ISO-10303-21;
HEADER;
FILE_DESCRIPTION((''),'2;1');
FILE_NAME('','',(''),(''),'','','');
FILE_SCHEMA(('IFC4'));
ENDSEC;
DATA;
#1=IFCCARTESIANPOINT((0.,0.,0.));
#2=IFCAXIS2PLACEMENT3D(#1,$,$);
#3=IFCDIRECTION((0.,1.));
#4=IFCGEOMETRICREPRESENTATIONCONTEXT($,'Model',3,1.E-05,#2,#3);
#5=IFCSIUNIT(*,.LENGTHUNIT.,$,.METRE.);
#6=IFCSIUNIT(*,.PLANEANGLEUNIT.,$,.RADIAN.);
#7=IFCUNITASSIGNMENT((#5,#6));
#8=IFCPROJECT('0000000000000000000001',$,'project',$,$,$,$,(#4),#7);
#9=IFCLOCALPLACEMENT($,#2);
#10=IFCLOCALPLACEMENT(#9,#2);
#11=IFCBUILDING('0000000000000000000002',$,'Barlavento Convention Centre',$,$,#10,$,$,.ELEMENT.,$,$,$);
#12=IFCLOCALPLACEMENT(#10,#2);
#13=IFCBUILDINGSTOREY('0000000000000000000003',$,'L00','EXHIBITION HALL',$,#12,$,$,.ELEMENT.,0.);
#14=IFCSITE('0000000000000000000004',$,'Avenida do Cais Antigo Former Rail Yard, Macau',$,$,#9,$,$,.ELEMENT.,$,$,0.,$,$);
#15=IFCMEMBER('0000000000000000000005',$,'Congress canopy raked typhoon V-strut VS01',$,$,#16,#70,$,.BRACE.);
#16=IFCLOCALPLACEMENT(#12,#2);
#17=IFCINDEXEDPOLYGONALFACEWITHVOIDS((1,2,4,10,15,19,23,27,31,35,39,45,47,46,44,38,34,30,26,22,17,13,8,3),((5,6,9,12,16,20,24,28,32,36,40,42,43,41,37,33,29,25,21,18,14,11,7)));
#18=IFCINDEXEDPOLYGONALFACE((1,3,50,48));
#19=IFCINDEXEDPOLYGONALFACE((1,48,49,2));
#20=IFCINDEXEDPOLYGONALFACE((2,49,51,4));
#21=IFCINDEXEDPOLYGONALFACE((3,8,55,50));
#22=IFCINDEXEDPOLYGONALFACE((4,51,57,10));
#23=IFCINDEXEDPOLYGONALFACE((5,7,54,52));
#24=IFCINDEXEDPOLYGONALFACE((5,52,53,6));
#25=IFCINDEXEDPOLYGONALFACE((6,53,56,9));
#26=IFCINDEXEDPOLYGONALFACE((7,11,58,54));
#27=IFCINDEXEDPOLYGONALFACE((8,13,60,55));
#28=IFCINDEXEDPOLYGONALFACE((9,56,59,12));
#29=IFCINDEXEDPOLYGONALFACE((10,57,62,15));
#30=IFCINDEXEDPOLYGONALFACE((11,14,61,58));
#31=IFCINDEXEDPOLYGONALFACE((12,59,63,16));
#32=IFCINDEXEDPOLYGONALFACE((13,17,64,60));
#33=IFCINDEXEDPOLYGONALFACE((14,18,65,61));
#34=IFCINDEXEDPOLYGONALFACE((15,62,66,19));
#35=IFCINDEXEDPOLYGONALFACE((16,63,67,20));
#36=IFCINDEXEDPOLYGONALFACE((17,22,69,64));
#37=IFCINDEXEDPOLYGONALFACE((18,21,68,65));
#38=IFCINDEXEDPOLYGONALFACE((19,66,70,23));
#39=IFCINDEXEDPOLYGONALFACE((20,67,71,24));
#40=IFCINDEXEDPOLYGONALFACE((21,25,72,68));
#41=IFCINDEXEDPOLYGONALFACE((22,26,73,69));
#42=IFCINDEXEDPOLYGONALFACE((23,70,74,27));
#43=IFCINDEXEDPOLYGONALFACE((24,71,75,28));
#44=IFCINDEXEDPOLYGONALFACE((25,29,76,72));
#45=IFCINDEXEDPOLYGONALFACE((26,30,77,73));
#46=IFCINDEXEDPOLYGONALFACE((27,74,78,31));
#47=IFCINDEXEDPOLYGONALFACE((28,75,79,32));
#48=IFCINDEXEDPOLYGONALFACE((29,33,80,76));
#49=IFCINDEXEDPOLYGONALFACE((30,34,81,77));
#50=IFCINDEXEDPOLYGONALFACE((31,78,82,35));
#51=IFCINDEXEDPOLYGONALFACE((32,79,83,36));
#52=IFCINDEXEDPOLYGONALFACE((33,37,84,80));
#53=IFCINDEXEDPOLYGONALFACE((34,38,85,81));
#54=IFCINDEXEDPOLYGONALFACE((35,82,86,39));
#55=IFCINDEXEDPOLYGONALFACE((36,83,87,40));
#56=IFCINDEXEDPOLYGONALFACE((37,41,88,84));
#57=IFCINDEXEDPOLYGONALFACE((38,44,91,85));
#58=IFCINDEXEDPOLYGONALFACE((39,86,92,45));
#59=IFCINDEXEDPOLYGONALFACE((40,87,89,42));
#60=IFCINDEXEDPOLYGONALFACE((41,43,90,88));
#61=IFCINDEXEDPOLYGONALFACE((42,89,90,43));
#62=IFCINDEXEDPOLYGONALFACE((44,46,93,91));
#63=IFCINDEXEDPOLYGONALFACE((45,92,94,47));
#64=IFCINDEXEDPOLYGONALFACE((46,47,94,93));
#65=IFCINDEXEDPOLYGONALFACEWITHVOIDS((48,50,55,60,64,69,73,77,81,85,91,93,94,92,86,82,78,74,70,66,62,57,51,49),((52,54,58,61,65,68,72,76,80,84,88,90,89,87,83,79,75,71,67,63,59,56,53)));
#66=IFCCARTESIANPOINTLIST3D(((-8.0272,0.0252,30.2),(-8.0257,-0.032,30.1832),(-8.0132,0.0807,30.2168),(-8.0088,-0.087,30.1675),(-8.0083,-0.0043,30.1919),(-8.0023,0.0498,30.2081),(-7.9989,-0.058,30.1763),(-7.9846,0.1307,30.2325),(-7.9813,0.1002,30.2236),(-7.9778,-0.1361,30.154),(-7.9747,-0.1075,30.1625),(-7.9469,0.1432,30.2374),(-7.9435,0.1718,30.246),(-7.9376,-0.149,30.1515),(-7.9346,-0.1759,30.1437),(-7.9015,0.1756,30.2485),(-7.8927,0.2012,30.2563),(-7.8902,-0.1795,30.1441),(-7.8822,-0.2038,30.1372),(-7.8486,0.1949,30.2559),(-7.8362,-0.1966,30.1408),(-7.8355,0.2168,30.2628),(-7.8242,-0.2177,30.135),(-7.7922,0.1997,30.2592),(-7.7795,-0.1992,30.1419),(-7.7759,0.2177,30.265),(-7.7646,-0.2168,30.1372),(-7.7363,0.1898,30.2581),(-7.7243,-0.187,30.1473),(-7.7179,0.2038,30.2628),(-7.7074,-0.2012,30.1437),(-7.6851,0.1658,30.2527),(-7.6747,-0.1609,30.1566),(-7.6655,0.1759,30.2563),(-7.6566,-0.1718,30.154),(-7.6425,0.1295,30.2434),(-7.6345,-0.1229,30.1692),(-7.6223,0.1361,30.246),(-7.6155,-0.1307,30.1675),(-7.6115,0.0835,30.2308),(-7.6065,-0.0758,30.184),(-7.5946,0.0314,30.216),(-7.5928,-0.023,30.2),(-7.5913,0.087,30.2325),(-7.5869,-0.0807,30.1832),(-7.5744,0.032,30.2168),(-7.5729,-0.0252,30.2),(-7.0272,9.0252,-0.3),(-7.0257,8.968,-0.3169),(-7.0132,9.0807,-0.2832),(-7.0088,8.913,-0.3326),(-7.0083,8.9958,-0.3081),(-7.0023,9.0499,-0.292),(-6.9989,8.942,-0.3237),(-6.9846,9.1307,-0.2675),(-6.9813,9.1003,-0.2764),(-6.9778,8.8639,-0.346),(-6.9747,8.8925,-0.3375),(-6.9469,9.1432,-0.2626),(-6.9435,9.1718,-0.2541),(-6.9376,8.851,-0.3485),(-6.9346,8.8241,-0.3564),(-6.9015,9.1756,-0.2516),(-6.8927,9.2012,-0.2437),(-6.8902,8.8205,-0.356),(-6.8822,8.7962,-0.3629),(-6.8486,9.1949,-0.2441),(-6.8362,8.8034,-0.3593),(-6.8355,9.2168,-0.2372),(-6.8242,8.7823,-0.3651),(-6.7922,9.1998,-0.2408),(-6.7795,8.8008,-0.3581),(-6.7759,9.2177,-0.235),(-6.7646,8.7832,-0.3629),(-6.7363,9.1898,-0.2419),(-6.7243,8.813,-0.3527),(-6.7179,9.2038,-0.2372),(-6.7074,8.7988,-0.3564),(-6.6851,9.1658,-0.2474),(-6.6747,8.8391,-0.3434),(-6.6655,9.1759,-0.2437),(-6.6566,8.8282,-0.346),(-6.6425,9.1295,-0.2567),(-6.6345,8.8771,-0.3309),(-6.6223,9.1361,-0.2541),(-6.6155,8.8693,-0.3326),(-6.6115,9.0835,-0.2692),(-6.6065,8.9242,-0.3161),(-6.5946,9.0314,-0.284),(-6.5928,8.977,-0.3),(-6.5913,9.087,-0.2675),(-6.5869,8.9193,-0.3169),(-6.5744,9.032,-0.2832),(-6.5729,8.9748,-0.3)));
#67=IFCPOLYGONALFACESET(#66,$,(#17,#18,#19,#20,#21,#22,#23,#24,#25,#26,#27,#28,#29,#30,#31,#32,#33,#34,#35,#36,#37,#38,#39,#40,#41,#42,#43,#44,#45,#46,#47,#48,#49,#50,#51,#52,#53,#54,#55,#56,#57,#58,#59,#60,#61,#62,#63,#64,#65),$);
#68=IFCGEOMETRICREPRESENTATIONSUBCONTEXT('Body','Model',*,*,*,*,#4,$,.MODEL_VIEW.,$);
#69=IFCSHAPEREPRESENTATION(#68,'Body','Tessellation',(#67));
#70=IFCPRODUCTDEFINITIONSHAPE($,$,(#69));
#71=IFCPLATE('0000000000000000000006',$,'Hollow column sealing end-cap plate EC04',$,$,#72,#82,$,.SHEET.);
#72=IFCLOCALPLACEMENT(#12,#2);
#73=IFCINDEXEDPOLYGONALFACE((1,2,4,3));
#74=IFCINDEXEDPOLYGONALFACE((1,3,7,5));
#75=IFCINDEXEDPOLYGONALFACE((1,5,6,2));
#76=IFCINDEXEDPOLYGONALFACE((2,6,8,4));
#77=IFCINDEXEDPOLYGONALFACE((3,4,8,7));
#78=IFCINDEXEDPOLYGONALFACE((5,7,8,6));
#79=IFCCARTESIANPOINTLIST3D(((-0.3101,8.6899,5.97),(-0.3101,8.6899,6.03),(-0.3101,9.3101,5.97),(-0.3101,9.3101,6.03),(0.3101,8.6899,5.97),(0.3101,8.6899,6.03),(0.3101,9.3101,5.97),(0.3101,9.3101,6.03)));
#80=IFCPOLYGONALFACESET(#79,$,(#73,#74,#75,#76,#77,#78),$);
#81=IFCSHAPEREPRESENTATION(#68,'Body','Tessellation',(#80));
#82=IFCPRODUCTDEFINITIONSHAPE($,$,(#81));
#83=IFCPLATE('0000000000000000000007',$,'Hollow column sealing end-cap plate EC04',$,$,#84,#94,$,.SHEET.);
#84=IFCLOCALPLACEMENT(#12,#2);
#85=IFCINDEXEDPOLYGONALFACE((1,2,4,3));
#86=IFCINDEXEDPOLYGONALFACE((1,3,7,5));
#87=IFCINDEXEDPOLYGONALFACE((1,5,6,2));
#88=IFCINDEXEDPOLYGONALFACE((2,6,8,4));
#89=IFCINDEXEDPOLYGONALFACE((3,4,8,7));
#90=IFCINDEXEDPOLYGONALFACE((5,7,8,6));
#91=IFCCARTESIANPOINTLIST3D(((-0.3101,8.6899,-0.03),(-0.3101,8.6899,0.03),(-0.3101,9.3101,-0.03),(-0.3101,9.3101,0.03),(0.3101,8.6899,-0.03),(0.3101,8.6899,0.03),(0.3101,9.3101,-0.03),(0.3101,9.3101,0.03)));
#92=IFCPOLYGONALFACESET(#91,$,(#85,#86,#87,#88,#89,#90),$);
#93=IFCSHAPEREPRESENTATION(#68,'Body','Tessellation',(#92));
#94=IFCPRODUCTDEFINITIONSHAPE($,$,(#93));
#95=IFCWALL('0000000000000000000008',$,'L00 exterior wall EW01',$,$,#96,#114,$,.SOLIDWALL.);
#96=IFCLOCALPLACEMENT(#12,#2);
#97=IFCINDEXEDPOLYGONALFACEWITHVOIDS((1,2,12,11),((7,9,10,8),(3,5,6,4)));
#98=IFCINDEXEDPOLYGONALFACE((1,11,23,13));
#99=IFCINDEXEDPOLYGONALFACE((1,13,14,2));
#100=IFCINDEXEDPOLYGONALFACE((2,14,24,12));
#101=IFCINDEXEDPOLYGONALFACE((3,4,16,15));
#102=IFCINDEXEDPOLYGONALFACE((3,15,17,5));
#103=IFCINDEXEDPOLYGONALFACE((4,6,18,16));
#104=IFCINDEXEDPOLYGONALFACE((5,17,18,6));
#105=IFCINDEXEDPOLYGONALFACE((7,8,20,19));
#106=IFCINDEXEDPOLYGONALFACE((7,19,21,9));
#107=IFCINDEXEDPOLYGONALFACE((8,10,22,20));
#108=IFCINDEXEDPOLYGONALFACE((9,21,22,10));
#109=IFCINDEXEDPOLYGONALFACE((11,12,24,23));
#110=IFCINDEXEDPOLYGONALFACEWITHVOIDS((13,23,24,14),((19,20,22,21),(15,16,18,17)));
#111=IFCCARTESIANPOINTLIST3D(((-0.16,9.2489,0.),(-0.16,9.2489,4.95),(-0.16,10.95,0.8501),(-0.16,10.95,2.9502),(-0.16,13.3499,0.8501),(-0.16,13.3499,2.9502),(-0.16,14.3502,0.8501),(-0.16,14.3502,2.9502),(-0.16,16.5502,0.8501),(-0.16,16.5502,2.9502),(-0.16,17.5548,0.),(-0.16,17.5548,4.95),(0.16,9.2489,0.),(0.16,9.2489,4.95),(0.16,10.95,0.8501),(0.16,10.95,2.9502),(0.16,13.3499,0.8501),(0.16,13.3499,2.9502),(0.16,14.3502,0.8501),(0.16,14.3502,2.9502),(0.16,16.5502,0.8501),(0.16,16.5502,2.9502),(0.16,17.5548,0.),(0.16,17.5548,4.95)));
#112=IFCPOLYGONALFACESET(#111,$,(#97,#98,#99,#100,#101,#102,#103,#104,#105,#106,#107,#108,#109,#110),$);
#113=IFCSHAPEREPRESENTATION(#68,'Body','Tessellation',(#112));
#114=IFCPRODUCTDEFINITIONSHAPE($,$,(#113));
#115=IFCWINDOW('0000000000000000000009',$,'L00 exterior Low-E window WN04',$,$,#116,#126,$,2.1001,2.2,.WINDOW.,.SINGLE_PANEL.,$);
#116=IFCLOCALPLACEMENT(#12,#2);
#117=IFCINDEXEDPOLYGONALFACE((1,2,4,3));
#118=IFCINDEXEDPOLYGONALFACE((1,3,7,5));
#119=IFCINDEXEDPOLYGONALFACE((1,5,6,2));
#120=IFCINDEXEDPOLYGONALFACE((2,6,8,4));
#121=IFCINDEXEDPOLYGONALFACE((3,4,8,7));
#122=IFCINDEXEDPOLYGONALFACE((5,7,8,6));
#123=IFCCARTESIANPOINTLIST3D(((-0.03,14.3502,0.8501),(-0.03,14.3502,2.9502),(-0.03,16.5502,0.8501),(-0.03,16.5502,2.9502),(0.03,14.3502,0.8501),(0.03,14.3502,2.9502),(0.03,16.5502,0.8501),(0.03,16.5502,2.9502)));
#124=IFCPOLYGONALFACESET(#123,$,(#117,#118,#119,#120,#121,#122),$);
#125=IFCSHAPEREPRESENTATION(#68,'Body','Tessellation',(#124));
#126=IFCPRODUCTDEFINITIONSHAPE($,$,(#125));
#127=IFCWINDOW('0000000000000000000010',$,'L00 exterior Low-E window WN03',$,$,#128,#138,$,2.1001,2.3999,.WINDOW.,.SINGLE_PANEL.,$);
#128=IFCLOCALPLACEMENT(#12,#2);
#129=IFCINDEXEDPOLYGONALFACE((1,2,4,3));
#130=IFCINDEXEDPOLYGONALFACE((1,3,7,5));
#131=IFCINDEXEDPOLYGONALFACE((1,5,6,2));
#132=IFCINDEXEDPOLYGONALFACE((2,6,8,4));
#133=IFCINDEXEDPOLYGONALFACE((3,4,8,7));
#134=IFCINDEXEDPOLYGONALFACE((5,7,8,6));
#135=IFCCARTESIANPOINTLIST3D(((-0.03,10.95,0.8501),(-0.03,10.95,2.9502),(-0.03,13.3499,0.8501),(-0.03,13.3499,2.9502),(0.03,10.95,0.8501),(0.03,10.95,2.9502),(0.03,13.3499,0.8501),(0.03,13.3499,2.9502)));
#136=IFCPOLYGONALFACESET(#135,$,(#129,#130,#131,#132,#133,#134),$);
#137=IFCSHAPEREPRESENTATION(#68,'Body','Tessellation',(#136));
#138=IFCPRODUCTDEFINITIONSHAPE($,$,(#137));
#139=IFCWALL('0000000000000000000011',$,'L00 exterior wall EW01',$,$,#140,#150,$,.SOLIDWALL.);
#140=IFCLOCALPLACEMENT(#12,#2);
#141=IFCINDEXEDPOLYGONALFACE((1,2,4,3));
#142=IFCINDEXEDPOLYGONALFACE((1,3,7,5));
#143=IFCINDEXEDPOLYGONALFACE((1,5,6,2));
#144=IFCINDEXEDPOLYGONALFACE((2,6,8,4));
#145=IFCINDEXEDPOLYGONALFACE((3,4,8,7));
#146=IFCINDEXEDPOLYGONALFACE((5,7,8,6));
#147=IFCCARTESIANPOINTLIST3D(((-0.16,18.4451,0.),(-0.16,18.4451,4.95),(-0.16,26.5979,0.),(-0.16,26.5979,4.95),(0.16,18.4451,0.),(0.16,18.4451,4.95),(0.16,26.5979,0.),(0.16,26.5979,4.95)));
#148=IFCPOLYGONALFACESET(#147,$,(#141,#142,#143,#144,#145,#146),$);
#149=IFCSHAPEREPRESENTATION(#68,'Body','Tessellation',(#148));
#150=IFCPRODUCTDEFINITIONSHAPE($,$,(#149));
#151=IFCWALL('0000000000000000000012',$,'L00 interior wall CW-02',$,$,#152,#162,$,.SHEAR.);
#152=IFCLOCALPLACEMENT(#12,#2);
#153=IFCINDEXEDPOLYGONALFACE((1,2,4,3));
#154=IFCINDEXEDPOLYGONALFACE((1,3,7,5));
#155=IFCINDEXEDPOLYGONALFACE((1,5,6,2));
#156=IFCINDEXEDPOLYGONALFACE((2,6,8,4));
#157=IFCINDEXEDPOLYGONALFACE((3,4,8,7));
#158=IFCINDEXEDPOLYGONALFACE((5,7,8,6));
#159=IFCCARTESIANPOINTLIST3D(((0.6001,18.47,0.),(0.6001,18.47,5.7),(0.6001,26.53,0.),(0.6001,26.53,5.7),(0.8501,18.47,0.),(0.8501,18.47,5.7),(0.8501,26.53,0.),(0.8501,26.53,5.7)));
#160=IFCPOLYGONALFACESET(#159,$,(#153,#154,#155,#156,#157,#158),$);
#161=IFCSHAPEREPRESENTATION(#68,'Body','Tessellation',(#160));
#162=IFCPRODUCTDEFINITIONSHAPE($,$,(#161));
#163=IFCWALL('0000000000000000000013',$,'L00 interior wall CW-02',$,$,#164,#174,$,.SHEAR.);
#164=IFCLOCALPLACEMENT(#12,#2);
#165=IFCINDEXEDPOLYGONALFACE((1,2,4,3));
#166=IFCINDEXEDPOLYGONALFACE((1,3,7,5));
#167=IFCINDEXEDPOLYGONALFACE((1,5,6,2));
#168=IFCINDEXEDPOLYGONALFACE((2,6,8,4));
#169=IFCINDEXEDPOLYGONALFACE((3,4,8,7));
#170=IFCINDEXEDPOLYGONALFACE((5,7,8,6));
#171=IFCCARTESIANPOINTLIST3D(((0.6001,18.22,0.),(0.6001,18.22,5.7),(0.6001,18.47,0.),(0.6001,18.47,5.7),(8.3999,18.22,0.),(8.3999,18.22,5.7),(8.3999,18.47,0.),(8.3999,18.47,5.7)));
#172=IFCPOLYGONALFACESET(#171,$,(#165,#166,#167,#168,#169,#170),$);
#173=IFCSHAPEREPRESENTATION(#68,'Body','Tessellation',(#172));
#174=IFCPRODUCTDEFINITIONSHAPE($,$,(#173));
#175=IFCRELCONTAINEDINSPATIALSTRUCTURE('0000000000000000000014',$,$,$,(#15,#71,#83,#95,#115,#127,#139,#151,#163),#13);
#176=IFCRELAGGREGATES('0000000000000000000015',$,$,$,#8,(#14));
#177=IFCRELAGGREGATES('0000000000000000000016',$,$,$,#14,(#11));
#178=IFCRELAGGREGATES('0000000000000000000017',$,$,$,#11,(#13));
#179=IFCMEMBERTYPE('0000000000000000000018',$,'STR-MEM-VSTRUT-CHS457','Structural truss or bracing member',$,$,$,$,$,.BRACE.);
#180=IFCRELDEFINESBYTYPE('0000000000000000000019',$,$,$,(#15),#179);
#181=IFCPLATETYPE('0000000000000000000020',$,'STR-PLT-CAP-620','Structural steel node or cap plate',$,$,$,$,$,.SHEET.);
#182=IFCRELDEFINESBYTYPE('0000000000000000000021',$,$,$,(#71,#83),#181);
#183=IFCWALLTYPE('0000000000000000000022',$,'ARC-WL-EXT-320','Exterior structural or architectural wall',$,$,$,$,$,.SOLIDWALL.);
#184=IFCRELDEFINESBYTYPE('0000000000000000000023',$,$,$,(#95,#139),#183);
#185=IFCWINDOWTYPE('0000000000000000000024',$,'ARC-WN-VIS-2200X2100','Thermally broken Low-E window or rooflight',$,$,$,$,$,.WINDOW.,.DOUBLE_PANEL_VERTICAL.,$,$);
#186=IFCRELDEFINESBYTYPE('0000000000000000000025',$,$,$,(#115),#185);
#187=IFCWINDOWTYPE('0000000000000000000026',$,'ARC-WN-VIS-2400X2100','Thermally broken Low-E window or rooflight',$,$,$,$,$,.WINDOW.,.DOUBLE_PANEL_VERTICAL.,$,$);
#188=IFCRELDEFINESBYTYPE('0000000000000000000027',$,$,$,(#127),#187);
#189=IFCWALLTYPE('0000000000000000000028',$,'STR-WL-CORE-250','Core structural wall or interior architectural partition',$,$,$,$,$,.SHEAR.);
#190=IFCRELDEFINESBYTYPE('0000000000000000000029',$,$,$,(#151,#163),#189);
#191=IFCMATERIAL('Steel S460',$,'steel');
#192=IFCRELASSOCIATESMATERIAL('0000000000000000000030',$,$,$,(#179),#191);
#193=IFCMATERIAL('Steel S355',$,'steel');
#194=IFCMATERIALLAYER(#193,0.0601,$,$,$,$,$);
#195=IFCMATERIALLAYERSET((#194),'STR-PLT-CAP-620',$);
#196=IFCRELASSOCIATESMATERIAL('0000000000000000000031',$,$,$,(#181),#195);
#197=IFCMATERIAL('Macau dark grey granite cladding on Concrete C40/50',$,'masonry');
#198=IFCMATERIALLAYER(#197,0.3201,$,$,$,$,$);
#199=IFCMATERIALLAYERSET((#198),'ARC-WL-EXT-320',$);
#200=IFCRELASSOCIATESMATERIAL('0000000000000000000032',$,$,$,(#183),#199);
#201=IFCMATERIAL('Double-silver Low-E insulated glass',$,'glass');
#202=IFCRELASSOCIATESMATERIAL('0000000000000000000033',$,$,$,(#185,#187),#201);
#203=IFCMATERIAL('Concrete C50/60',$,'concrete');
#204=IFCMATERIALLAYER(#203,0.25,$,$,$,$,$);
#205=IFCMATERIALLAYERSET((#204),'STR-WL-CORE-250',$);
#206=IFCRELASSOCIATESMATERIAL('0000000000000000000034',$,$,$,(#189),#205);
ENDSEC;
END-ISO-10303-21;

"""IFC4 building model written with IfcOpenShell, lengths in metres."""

from ifc_helpers import new_model, si_unit, direction, frame, frame_2d, origin, origin_2d, place, context, subcontext, project, spatial, rectangle, hollow_circle, extrude, material, layer, layer_set, material_profile, profile_set, type_object, element, fill, save


model = new_model("IFC4")

# Units and contexts
model_context = context("Model", 3, precision=1e-05, world=origin(), true_north=direction((0.0, 1.0)))
body_context = subcontext(model_context, "Body", "Model", "MODEL_VIEW")
ifc_project = project(units=[si_unit("LENGTHUNIT", "METRE"), si_unit("PLANEANGLEUNIT", "RADIAN")], contexts=[model_context])

# Site, building, storey
site_placement = place(None, origin())
site = spatial("IfcSite", under=ifc_project, at=site_placement, Name="Avenida do Cais Antigo Former Rail Yard, Macau", CompositionType="ELEMENT", RefElevation=0.0)
building_placement = place(site_placement, origin())
building = spatial("IfcBuilding", under=site, at=building_placement, Name="Barlavento Convention Centre", CompositionType="ELEMENT")
storey_placement = place(building_placement, origin())
storey = spatial("IfcBuildingStorey", under=building, at=storey_placement, Name="L00", Description="EXHIBITION HALL", CompositionType="ELEMENT", Elevation=0.0)

# Shared definitions
ifc_material_1 = material(Name="Steel S460", Category="steel")
ifc_material_2 = material(Name="Concrete C50/60", Category="concrete")

# Shared definitions
ifc_material_3 = material(Name="Steel S355", Category="steel")

# Member
ifc_material_profile_1 = material_profile(ifc_material_1, hollow_circle(Radius=0.2285, WallThickness=0.02, at=origin_2d()), Name="CHS 457.0x20.0")
ifc_profile_set_1 = profile_set([ifc_material_profile_1], Name="Steel S460")
member_type_1 = type_object("IfcMemberType", Name="STR-MEM-VSTRUT-CHS457", Description="Structural truss or bracing member", PredefinedType="BRACE", material=ifc_profile_set_1)
member_1_placement = place(storey_placement, frame((-6.8, 9.0, -0.3), z_axis=(-0.031431, -0.282878, 0.958641), x_axis=(0.993884, -0.110432, 0.0)))
element("IfcMember", 1, at=member_1_placement, inside=storey, type_object=member_type_1, Name="Congress canopy raked typhoon V-strut VS01", PredefinedType="BRACE", context=body_context, shape_type="SweptSolid", body=[
    extrude(hollow_circle(Radius=0.2285, WallThickness=0.02, at=origin_2d()), origin(), (0.0, 0.0, 1.0), 31.8159),
])

# Plates
ifc_layer_1 = layer(ifc_material_3, 0.0601)
ifc_layer_set_1 = layer_set([ifc_layer_1], Name="STR-PLT-CAP-620")
plate_type = type_object("IfcPlateType", Name="STR-PLT-CAP-620", Description="Structural steel node or cap plate", PredefinedType="SHEET", material=ifc_layer_set_1)
for number, where, z_axis, x_axis, name in (
    (2, (0.0, 9.0, 5.97), (0.0, 0.0, 1.0), (1.0, 0.0, 0.0), "Hollow column sealing end-cap plate EC04"),
    (3, (0.0, 9.0, -0.03), (0.0, 0.0, 1.0), (1.0, 0.0, 0.0), "Hollow column sealing end-cap plate EC04"),
):
    element("IfcPlate", number, at=place(storey_placement, frame(where, z_axis=z_axis, x_axis=x_axis)), inside=storey, type_object=plate_type, Name=name, PredefinedType="SHEET", context=body_context, shape_type="SweptSolid", body=[
        extrude(rectangle(XDim=0.6201, YDim=0.6201, at=origin_2d()), origin(), (0.0, 0.0, 1.0), 0.0601),
    ])

# Wall, openings, windows
ifc_material_4 = material(Name="Macau dark grey granite cladding on Concrete C40/50", Category="masonry")
ifc_layer_2 = layer(ifc_material_4, 0.3201)
ifc_layer_set_2 = layer_set([ifc_layer_2], Name="ARC-WL-EXT-320")
wall_type_1 = type_object("IfcWallType", Name="ARC-WL-EXT-320", Description="Exterior structural or architectural wall", PredefinedType="SOLIDWALL", material=ifc_layer_set_2)
wall_1_placement = place(storey_placement, frame((0.0, 9.249, 0.0), z_axis=(0.0, 0.0, 1.0), x_axis=(0.0, 1.0, 0.0)))
wall_1 = element("IfcWall", 4, at=wall_1_placement, inside=storey, type_object=wall_type_1, Name="L00 exterior wall EW01", PredefinedType="SOLIDWALL", context=body_context, shape_type="SweptSolid", body=[
    extrude(rectangle(XDim=8.3059, YDim=0.3201, at=frame_2d((4.1528, 0.0))), origin(), (0.0, 0.0, 1.0), 4.95),
])
opening_1_placement = place(wall_1_placement, frame((1.7009, 0.0, 0.8501)))
opening_1 = element("IfcOpeningElement", 5, at=opening_1_placement, cuts=wall_1, PredefinedType="OPENING", context=body_context, shape_type="SweptSolid", body=[
    extrude(rectangle(XDim=2.3999, YDim=2.1001, at=frame_2d((1.2, 1.05))), frame((0.0, 0.1699, 0.0), z_axis=(0.0, -1.0, 0.0), x_axis=(1.0, 0.0, 0.0)), (0.0, 0.0, 1.0), 0.3401),
])
opening_2_placement = place(wall_1_placement, frame((5.1011, 0.0, 0.8501)))
opening_2 = element("IfcOpeningElement", 6, at=opening_2_placement, cuts=wall_1, PredefinedType="OPENING", context=body_context, shape_type="SweptSolid", body=[
    extrude(rectangle(XDim=2.2, YDim=2.1001, at=frame_2d((1.1001, 1.05))), frame((0.0, 0.1699, 0.0), z_axis=(0.0, -1.0, 0.0), x_axis=(1.0, 0.0, 0.0)), (0.0, 0.0, 1.0), 0.3401),
])
ifc_material_5 = material(Name="Double-silver Low-E insulated glass", Category="glass")
window_type_1 = type_object("IfcWindowType", Name="ARC-WN-VIS-2200X2100", Description="Thermally broken Low-E window or rooflight", PartitioningType="DOUBLE_PANEL_VERTICAL", PredefinedType="WINDOW", material=ifc_material_5)
window_1_placement = place(opening_2_placement, origin())
window_1 = element("IfcWindow", 7, at=window_1_placement, inside=storey, type_object=window_type_1, Name="L00 exterior Low-E window WN04", OverallHeight=2.1001, OverallWidth=2.2, PartitioningType="SINGLE_PANEL", PredefinedType="WINDOW", context=body_context, shape_type="SweptSolid", body=[
    extrude(rectangle(XDim=2.2, YDim=2.1001, at=frame_2d((1.1001, 1.05))), frame((0.0, 0.03, 0.0), z_axis=(0.0, -1.0, 0.0), x_axis=(1.0, 0.0, 0.0)), (0.0, 0.0, 1.0), 0.0601),
])
fill(opening_2, window_1)
window_type_2 = type_object("IfcWindowType", Name="ARC-WN-VIS-2400X2100", Description="Thermally broken Low-E window or rooflight", PartitioningType="DOUBLE_PANEL_VERTICAL", PredefinedType="WINDOW", material=ifc_material_5)
window_2_placement = place(opening_1_placement, origin())
window_2 = element("IfcWindow", 8, at=window_2_placement, inside=storey, type_object=window_type_2, Name="L00 exterior Low-E window WN03", OverallHeight=2.1001, OverallWidth=2.3999, PartitioningType="SINGLE_PANEL", PredefinedType="WINDOW", context=body_context, shape_type="SweptSolid", body=[
    extrude(rectangle(XDim=2.3999, YDim=2.1001, at=frame_2d((1.2, 1.05))), frame((0.0, 0.03, 0.0), z_axis=(0.0, -1.0, 0.0), x_axis=(1.0, 0.0, 0.0)), (0.0, 0.0, 1.0), 0.0601),
])
fill(opening_1, window_2)

# Walls
wall_2_placement = place(storey_placement, frame((0.0, 18.4451, 0.0), z_axis=(0.0, 0.0, 1.0), x_axis=(0.0, 1.0, 0.0)))
element("IfcWall", 9, at=wall_2_placement, inside=storey, type_object=wall_type_1, Name="L00 exterior wall EW01", PredefinedType="SOLIDWALL", context=body_context, shape_type="SweptSolid", body=[
    extrude(rectangle(XDim=8.1528, YDim=0.3201, at=frame_2d((4.0764, 0.0))), origin(), (0.0, 0.0, 1.0), 4.95),
])
ifc_layer_3 = layer(ifc_material_2, 0.25)
ifc_layer_set_3 = layer_set([ifc_layer_3], Name="STR-WL-CORE-250")
wall_type_2 = type_object("IfcWallType", Name="STR-WL-CORE-250", Description="Core structural wall or interior architectural partition", PredefinedType="SHEAR", material=ifc_layer_set_3)
wall_3_placement = place(storey_placement, frame((0.7251, 18.47, 0.0), z_axis=(0.0, 0.0, 1.0), x_axis=(0.0, 1.0, 0.0)))
element("IfcWall", 10, at=wall_3_placement, inside=storey, type_object=wall_type_2, Name="L00 interior wall CW-02", PredefinedType="SHEAR", context=body_context, shape_type="SweptSolid", body=[
    extrude(rectangle(XDim=8.0601, YDim=0.25, at=frame_2d((4.03, 0.0))), origin(), (0.0, 0.0, 1.0), 5.7),
])
wall_4_placement = place(storey_placement, frame((0.6001, 18.345, 0.0), z_axis=(0.0, 0.0, 1.0), x_axis=(1.0, 0.0, 0.0)))
element("IfcWall", 11, at=wall_4_placement, inside=storey, type_object=wall_type_2, Name="L00 interior wall CW-02", PredefinedType="SHEAR", context=body_context, shape_type="SweptSolid", body=[
    extrude(rectangle(XDim=7.7998, YDim=0.25, at=frame_2d((3.8999, 0.0))), origin(), (0.0, 0.0, 1.0), 5.7),
])

save(model, "model.ifc")
